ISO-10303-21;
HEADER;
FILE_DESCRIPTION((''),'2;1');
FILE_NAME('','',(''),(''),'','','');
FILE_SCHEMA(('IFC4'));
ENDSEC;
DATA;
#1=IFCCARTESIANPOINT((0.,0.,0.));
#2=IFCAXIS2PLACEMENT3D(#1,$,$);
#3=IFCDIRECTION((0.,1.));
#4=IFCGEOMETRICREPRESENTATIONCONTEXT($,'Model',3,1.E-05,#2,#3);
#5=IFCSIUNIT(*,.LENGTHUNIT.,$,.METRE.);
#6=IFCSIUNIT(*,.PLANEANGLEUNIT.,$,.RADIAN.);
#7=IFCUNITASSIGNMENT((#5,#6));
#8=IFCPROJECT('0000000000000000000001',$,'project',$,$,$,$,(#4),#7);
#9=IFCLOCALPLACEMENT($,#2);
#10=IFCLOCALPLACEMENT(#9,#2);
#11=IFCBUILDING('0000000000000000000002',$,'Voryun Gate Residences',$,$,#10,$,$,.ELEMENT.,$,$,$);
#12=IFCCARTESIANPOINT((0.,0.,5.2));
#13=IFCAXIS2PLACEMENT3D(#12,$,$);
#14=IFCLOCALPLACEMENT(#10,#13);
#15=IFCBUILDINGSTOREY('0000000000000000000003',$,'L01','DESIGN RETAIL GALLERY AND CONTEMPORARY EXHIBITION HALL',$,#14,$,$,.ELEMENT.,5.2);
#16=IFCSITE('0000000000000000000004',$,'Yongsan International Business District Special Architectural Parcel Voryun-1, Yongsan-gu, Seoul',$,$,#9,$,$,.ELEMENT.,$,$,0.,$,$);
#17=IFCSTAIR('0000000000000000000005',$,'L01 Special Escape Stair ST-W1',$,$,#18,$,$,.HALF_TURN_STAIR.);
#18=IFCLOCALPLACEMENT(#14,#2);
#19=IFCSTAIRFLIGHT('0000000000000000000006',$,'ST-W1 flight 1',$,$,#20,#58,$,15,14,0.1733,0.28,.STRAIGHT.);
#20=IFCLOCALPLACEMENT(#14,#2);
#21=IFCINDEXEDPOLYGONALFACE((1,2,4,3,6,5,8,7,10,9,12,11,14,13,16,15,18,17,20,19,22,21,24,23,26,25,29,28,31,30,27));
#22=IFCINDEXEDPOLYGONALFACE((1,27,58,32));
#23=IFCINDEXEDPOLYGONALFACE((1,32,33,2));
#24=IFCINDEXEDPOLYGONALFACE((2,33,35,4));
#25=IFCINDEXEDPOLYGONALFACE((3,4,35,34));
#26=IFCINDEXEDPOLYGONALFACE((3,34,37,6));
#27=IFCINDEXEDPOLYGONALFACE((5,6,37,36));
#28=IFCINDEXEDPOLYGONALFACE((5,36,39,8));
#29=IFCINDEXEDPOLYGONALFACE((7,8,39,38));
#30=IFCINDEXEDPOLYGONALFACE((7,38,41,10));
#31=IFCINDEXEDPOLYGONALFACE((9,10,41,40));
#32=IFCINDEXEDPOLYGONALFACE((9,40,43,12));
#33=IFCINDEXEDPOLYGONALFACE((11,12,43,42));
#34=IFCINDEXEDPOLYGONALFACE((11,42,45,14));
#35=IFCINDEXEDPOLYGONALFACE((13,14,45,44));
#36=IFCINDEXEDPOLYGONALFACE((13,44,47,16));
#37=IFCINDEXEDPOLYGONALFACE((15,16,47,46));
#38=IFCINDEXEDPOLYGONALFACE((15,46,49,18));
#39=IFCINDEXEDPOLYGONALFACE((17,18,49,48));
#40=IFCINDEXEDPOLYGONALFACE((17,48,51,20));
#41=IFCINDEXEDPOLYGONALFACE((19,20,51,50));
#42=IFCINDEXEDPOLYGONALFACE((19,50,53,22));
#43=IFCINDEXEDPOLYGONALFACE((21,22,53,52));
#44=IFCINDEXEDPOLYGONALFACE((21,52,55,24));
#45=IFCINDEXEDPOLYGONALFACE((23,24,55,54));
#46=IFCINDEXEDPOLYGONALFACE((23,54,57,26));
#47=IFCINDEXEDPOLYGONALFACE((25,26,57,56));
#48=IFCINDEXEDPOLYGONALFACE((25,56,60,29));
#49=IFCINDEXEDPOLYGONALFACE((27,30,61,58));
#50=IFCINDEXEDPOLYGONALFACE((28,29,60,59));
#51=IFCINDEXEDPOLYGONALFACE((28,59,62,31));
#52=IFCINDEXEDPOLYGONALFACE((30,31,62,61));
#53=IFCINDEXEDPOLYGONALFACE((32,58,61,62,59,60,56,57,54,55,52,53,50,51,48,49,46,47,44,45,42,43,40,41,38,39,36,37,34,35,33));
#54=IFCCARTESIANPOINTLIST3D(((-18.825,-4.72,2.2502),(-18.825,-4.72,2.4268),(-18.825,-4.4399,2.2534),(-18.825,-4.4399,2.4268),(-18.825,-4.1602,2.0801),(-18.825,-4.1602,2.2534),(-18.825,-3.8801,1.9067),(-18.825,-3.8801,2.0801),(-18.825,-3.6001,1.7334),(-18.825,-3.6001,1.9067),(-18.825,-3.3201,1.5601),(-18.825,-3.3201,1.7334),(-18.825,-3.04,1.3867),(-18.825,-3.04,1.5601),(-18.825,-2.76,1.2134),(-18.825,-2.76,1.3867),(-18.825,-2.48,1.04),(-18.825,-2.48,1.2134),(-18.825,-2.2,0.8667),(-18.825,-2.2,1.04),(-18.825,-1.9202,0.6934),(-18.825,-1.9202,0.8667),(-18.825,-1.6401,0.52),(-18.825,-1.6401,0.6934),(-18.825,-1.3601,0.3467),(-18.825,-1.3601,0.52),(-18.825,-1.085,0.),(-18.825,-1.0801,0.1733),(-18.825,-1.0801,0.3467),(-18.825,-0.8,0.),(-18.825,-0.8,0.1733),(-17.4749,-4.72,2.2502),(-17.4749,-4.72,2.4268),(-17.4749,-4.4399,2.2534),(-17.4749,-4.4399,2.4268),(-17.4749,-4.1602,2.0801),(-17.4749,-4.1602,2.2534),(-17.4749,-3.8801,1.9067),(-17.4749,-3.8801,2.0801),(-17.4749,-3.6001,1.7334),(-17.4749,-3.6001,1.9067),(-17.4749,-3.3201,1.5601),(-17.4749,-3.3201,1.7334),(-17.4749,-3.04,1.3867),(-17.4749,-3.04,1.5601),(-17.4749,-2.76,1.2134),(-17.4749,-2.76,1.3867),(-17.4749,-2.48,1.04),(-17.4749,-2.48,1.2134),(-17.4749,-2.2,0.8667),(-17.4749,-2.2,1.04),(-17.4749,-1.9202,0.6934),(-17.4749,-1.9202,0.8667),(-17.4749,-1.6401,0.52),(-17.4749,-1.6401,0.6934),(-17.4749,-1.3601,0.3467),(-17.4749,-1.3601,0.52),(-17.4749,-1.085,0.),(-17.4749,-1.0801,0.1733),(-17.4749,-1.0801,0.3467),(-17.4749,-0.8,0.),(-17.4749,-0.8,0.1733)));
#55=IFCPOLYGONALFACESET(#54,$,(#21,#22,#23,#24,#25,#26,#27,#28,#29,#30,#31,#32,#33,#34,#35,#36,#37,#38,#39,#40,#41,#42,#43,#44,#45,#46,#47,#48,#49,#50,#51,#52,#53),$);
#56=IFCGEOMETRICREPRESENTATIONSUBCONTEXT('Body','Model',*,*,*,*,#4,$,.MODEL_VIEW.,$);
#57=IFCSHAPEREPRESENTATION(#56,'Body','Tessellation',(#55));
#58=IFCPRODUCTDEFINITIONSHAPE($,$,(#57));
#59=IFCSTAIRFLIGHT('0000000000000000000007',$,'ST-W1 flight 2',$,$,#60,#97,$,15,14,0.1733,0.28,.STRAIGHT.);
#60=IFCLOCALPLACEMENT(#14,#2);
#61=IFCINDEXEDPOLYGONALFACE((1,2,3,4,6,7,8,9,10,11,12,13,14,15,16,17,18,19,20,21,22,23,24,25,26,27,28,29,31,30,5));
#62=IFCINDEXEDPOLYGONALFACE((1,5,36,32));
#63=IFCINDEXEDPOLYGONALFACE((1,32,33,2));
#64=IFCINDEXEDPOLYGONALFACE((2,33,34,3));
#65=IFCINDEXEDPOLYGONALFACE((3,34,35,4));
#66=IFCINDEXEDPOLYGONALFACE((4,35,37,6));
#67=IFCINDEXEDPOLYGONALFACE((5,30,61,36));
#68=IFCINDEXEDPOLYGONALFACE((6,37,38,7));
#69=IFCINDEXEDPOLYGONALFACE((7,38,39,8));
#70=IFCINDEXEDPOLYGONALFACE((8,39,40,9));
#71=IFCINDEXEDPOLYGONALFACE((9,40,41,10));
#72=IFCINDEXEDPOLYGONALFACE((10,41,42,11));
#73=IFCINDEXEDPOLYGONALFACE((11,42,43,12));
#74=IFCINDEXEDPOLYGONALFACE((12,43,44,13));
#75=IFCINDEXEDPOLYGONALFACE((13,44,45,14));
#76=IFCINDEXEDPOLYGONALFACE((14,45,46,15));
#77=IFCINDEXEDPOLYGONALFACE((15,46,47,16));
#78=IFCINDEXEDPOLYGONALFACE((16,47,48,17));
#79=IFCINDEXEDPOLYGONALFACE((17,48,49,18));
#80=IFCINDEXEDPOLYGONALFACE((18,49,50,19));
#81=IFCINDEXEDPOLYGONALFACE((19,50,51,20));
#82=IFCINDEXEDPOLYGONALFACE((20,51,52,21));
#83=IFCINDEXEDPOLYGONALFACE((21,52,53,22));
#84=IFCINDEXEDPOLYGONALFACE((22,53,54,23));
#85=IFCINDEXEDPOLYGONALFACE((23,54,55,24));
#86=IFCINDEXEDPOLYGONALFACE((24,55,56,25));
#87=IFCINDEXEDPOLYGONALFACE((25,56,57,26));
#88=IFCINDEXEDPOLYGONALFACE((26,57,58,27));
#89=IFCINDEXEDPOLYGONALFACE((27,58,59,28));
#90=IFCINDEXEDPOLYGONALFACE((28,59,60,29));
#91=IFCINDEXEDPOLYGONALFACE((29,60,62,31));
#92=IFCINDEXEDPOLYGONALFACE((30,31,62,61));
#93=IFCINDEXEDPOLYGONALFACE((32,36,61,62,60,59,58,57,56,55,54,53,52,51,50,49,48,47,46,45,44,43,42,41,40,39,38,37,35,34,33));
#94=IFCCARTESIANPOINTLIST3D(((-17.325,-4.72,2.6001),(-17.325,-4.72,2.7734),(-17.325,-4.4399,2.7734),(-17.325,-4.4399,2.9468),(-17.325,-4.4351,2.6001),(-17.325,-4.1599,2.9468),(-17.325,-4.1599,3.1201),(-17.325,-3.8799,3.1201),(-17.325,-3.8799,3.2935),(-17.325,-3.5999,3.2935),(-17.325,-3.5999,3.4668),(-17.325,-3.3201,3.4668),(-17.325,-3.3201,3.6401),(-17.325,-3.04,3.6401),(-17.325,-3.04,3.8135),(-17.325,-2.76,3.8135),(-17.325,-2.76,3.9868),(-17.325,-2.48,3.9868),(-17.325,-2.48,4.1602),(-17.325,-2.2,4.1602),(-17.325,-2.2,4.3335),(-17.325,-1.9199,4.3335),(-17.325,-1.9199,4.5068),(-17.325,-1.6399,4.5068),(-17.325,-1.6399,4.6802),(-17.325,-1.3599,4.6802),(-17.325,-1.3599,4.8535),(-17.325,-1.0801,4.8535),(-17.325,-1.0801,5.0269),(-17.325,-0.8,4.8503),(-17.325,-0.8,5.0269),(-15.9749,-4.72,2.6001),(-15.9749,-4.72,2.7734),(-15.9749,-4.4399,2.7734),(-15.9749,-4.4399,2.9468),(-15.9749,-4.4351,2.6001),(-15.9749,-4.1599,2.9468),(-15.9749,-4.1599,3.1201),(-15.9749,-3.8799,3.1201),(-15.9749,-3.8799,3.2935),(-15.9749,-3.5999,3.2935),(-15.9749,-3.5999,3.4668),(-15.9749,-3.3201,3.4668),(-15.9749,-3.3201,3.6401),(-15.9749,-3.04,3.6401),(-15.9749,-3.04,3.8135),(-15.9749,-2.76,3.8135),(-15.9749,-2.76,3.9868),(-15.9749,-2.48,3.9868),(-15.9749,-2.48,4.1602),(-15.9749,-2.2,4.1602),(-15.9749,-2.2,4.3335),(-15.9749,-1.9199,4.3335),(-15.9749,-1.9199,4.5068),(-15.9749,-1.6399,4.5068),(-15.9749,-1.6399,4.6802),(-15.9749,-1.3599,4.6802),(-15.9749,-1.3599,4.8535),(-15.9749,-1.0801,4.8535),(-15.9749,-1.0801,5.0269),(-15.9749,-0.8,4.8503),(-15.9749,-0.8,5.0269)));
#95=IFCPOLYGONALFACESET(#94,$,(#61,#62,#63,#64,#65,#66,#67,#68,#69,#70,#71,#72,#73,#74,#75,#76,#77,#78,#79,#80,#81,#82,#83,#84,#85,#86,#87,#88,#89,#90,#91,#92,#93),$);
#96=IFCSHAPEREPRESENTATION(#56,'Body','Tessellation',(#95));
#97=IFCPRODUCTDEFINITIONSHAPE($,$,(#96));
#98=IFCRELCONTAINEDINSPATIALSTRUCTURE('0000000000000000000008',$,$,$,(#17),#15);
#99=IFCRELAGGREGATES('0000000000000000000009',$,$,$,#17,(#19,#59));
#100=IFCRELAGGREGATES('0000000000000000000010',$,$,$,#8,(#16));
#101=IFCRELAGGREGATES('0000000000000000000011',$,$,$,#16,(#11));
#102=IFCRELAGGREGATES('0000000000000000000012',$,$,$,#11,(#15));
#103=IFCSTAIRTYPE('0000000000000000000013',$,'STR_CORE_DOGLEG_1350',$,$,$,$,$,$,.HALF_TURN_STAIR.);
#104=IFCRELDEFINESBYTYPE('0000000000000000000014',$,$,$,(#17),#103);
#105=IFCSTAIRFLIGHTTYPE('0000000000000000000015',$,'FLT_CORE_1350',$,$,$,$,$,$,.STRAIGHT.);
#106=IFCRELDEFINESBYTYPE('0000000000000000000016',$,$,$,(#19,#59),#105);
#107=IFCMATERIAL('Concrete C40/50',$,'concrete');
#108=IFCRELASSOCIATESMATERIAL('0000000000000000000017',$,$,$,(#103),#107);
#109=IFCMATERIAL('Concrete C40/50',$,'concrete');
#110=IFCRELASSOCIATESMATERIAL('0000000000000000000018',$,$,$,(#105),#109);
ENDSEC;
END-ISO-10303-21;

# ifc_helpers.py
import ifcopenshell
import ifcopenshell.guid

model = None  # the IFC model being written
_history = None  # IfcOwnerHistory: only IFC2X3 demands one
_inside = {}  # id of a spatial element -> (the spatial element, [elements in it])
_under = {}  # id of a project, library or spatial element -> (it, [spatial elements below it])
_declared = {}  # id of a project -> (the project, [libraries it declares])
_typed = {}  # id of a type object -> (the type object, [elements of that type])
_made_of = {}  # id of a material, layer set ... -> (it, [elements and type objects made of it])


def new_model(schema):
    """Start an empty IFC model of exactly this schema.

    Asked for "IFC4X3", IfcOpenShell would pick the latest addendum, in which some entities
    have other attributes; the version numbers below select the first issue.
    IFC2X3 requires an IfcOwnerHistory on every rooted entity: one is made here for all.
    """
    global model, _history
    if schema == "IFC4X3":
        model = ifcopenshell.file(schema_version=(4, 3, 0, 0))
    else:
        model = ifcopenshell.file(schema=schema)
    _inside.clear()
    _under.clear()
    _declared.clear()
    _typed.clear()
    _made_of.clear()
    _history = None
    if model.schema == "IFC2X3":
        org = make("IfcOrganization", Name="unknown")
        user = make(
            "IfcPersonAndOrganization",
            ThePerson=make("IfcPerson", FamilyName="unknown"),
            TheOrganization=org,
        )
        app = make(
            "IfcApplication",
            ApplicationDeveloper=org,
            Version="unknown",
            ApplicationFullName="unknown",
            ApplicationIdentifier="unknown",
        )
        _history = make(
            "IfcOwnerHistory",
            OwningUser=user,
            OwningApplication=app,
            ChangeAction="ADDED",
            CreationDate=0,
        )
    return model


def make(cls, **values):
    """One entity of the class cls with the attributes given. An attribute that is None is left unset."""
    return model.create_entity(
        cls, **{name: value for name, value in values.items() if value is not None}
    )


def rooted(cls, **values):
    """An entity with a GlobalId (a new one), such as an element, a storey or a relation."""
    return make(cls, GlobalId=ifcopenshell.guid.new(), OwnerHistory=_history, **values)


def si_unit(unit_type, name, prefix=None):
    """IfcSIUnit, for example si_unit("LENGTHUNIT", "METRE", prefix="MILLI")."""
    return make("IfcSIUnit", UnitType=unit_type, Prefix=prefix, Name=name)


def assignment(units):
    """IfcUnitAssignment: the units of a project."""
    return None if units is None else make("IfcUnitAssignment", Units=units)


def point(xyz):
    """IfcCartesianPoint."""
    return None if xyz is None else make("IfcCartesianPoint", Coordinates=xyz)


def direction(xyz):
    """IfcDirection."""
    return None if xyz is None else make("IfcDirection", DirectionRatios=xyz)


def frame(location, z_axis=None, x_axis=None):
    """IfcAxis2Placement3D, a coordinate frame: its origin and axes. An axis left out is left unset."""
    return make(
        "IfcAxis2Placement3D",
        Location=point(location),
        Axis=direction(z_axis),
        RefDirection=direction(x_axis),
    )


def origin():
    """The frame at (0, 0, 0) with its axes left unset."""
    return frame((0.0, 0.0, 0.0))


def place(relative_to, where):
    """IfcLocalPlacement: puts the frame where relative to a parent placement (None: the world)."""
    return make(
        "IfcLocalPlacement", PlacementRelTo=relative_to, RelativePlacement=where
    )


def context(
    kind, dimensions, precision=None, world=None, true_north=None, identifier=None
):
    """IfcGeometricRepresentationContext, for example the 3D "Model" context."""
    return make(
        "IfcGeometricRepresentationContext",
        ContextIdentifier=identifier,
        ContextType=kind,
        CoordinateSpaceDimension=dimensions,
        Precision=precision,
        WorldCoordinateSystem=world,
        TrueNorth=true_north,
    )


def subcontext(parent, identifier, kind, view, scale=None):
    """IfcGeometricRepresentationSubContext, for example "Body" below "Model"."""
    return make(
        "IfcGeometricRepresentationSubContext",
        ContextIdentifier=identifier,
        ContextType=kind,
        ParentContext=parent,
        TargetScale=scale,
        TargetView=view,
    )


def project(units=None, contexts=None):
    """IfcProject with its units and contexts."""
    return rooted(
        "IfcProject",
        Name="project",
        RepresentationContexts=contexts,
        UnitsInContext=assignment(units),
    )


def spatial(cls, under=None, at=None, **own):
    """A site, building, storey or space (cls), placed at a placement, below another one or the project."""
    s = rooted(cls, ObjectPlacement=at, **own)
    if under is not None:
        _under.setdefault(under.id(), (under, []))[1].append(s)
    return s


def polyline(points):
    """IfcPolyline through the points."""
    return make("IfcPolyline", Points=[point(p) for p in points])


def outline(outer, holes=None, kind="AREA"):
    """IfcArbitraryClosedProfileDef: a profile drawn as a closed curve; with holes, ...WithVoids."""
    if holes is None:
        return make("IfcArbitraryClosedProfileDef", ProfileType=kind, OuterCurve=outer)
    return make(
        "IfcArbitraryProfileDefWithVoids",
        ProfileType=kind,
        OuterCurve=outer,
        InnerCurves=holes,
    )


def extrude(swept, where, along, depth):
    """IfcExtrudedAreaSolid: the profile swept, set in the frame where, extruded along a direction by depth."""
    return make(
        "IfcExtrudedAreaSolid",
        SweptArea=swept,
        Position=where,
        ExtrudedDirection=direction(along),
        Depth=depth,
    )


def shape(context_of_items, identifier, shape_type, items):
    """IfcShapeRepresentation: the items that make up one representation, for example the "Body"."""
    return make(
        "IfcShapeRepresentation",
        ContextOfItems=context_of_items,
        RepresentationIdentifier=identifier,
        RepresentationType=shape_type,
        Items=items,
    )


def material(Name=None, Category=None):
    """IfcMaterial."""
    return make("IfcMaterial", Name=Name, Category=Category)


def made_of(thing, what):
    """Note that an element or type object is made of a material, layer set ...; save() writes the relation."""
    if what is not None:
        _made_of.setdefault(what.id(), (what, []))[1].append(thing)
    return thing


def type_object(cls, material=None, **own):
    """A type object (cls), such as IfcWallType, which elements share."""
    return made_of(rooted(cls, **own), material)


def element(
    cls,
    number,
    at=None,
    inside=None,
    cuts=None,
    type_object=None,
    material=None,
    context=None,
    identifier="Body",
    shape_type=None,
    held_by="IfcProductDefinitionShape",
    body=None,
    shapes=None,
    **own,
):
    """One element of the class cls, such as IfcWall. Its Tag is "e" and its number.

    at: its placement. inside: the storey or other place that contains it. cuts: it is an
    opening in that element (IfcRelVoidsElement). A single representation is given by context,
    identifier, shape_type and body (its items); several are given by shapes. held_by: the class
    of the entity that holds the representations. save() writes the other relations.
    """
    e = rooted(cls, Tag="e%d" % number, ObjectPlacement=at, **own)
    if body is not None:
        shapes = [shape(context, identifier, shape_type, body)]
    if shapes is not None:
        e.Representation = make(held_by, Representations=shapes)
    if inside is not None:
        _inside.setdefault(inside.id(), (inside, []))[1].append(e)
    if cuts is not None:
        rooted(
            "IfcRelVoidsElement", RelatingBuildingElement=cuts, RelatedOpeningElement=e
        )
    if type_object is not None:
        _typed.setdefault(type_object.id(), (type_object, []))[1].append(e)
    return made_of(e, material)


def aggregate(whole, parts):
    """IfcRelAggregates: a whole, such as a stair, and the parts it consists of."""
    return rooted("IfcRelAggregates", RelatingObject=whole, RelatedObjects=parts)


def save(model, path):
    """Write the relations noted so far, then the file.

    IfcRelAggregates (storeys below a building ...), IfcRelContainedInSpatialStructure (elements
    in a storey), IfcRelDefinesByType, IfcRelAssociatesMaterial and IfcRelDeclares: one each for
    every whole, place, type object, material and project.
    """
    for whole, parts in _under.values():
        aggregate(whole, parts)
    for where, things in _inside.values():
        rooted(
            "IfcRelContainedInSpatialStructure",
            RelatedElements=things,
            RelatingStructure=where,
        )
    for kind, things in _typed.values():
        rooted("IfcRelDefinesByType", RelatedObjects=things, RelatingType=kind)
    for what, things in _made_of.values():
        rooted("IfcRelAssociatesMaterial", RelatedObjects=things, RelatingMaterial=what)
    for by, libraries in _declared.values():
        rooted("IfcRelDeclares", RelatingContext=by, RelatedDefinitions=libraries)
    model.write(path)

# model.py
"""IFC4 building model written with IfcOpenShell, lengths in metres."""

from ifc_helpers import new_model, si_unit, direction, frame, origin, place, context, subcontext, project, spatial, polyline, outline, extrude, material, type_object, element, aggregate, save


model = new_model("IFC4")

# Units and contexts
model_context = context("Model", 3, precision=1e-05, world=origin(), true_north=direction((0.0, 1.0)))
body_context = subcontext(model_context, "Body", "Model", "MODEL_VIEW")
ifc_project = project(units=[si_unit("LENGTHUNIT", "METRE"), si_unit("PLANEANGLEUNIT", "RADIAN")], contexts=[model_context])

# Site, building, storey
site_placement = place(None, origin())
site = spatial("IfcSite", under=ifc_project, at=site_placement, Name="Yongsan International Business District Special Architectural Parcel Voryun-1, Yongsan-gu, Seoul", CompositionType="ELEMENT", RefElevation=0.0)
building_placement = place(site_placement, origin())
building = spatial("IfcBuilding", under=site, at=building_placement, Name="Voryun Gate Residences", CompositionType="ELEMENT")
storey_placement = place(building_placement, frame((0.0, 0.0, 5.2)))
storey = spatial("IfcBuildingStorey", under=building, at=storey_placement, Name="L01", Description="DESIGN RETAIL GALLERY AND CONTEMPORARY EXHIBITION HALL", CompositionType="ELEMENT", Elevation=5.2)

# Stair, stair flights
ifc_material_1 = material(Name="Concrete C40/50", Category="concrete")
stair_type = type_object("IfcStairType", Name="STR_CORE_DOGLEG_1350", PredefinedType="HALF_TURN_STAIR", material=ifc_material_1)
stair_placement = place(storey_placement, origin())
stair = element("IfcStair", 1, at=stair_placement, inside=storey, type_object=stair_type, Name="L01 Special Escape Stair ST-W1", PredefinedType="HALF_TURN_STAIR")
ifc_material_2 = material(Name="Concrete C40/50", Category="concrete")
stair_flight_type = type_object("IfcStairFlightType", Name="FLT_CORE_1350", PredefinedType="STRAIGHT", material=ifc_material_2)
stair_flight_1_placement = place(storey_placement, frame((-18.1499, -0.8, 0.0), z_axis=(0.0, 0.0, 1.0), x_axis=(0.0, -1.0, 0.0)))
stair_flight_1 = element("IfcStairFlight", 2, at=stair_flight_1_placement, type_object=stair_flight_type, Name="ST-W1 flight 1", NumberOfRisers=15, NumberOfTreads=14, PredefinedType="STRAIGHT", RiserHeight=0.1733, TreadLength=0.28, context=body_context, shape_type="SweptSolid", body=[
    extrude(outline(polyline([(0.0, 0.0), (0.0, 0.1733), (0.28, 0.1733), (0.28, 0.3467), (0.5601, 0.3467), (0.5601, 0.52), (0.8401, 0.52), (0.8401, 0.6934), (1.1201, 0.6934), (1.1201, 0.8667), (1.3999, 0.8667), (1.3999, 1.04), (1.6799, 1.04), (1.6799, 1.2134), (1.96, 1.2134), (1.96, 1.3867), (2.24, 1.3867), (2.24, 1.5601), (2.52, 1.5601), (2.52, 1.7334), (2.8, 1.7334), (2.8, 1.9067), (3.0801, 1.9067), (3.0801, 2.0801), (3.3601, 2.0801), (3.3601, 2.2534), (3.6399, 2.2534), (3.6399, 2.4268), (3.9199, 2.4268), (3.9199, 2.6001), (3.9199, 2.2502), (0.2849, 0.0), (0.0, 0.0)])), frame((0.0, 0.675, 0.0), z_axis=(0.0, -1.0, 0.0), x_axis=(1.0, 0.0, 0.0)), (0.0, 0.0, 1.0), 1.3501),
])
stair_flight_2_placement = place(storey_placement, frame((-16.6499, -4.72, 2.6001), z_axis=(0.0, 0.0, 1.0), x_axis=(0.0, 1.0, 0.0)))
stair_flight_2 = element("IfcStairFlight", 3, at=stair_flight_2_placement, type_object=stair_flight_type, Name="ST-W1 flight 2", NumberOfRisers=15, NumberOfTreads=14, PredefinedType="STRAIGHT", RiserHeight=0.1733, TreadLength=0.28, context=body_context, shape_type="SweptSolid", body=[
    extrude(outline(polyline([(0.0, 0.0), (0.0, 0.1733), (0.28, 0.1733), (0.28, 0.3467), (0.5601, 0.3467), (0.5601, 0.52), (0.8401, 0.52), (0.8401, 0.6934), (1.1201, 0.6934), (1.1201, 0.8667), (1.3999, 0.8667), (1.3999, 1.04), (1.6799, 1.04), (1.6799, 1.2134), (1.96, 1.2134), (1.96, 1.3867), (2.24, 1.3867), (2.24, 1.5601), (2.52, 1.5601), (2.52, 1.7334), (2.8, 1.7334), (2.8, 1.9067), (3.0801, 1.9067), (3.0801, 2.0801), (3.3601, 2.0801), (3.3601, 2.2534), (3.6399, 2.2534), (3.6399, 2.4268), (3.9199, 2.4268), (3.9199, 2.6001), (3.9199, 2.2502), (0.2849, 0.0), (0.0, 0.0)])), frame((0.0, 0.675, 0.0), z_axis=(0.0, -1.0, 0.0), x_axis=(1.0, 0.0, 0.0)), (0.0, 0.0, 1.0), 1.3501),
])
aggregate(stair, [stair_flight_1, stair_flight_2])

save(model, "model.ifc")
